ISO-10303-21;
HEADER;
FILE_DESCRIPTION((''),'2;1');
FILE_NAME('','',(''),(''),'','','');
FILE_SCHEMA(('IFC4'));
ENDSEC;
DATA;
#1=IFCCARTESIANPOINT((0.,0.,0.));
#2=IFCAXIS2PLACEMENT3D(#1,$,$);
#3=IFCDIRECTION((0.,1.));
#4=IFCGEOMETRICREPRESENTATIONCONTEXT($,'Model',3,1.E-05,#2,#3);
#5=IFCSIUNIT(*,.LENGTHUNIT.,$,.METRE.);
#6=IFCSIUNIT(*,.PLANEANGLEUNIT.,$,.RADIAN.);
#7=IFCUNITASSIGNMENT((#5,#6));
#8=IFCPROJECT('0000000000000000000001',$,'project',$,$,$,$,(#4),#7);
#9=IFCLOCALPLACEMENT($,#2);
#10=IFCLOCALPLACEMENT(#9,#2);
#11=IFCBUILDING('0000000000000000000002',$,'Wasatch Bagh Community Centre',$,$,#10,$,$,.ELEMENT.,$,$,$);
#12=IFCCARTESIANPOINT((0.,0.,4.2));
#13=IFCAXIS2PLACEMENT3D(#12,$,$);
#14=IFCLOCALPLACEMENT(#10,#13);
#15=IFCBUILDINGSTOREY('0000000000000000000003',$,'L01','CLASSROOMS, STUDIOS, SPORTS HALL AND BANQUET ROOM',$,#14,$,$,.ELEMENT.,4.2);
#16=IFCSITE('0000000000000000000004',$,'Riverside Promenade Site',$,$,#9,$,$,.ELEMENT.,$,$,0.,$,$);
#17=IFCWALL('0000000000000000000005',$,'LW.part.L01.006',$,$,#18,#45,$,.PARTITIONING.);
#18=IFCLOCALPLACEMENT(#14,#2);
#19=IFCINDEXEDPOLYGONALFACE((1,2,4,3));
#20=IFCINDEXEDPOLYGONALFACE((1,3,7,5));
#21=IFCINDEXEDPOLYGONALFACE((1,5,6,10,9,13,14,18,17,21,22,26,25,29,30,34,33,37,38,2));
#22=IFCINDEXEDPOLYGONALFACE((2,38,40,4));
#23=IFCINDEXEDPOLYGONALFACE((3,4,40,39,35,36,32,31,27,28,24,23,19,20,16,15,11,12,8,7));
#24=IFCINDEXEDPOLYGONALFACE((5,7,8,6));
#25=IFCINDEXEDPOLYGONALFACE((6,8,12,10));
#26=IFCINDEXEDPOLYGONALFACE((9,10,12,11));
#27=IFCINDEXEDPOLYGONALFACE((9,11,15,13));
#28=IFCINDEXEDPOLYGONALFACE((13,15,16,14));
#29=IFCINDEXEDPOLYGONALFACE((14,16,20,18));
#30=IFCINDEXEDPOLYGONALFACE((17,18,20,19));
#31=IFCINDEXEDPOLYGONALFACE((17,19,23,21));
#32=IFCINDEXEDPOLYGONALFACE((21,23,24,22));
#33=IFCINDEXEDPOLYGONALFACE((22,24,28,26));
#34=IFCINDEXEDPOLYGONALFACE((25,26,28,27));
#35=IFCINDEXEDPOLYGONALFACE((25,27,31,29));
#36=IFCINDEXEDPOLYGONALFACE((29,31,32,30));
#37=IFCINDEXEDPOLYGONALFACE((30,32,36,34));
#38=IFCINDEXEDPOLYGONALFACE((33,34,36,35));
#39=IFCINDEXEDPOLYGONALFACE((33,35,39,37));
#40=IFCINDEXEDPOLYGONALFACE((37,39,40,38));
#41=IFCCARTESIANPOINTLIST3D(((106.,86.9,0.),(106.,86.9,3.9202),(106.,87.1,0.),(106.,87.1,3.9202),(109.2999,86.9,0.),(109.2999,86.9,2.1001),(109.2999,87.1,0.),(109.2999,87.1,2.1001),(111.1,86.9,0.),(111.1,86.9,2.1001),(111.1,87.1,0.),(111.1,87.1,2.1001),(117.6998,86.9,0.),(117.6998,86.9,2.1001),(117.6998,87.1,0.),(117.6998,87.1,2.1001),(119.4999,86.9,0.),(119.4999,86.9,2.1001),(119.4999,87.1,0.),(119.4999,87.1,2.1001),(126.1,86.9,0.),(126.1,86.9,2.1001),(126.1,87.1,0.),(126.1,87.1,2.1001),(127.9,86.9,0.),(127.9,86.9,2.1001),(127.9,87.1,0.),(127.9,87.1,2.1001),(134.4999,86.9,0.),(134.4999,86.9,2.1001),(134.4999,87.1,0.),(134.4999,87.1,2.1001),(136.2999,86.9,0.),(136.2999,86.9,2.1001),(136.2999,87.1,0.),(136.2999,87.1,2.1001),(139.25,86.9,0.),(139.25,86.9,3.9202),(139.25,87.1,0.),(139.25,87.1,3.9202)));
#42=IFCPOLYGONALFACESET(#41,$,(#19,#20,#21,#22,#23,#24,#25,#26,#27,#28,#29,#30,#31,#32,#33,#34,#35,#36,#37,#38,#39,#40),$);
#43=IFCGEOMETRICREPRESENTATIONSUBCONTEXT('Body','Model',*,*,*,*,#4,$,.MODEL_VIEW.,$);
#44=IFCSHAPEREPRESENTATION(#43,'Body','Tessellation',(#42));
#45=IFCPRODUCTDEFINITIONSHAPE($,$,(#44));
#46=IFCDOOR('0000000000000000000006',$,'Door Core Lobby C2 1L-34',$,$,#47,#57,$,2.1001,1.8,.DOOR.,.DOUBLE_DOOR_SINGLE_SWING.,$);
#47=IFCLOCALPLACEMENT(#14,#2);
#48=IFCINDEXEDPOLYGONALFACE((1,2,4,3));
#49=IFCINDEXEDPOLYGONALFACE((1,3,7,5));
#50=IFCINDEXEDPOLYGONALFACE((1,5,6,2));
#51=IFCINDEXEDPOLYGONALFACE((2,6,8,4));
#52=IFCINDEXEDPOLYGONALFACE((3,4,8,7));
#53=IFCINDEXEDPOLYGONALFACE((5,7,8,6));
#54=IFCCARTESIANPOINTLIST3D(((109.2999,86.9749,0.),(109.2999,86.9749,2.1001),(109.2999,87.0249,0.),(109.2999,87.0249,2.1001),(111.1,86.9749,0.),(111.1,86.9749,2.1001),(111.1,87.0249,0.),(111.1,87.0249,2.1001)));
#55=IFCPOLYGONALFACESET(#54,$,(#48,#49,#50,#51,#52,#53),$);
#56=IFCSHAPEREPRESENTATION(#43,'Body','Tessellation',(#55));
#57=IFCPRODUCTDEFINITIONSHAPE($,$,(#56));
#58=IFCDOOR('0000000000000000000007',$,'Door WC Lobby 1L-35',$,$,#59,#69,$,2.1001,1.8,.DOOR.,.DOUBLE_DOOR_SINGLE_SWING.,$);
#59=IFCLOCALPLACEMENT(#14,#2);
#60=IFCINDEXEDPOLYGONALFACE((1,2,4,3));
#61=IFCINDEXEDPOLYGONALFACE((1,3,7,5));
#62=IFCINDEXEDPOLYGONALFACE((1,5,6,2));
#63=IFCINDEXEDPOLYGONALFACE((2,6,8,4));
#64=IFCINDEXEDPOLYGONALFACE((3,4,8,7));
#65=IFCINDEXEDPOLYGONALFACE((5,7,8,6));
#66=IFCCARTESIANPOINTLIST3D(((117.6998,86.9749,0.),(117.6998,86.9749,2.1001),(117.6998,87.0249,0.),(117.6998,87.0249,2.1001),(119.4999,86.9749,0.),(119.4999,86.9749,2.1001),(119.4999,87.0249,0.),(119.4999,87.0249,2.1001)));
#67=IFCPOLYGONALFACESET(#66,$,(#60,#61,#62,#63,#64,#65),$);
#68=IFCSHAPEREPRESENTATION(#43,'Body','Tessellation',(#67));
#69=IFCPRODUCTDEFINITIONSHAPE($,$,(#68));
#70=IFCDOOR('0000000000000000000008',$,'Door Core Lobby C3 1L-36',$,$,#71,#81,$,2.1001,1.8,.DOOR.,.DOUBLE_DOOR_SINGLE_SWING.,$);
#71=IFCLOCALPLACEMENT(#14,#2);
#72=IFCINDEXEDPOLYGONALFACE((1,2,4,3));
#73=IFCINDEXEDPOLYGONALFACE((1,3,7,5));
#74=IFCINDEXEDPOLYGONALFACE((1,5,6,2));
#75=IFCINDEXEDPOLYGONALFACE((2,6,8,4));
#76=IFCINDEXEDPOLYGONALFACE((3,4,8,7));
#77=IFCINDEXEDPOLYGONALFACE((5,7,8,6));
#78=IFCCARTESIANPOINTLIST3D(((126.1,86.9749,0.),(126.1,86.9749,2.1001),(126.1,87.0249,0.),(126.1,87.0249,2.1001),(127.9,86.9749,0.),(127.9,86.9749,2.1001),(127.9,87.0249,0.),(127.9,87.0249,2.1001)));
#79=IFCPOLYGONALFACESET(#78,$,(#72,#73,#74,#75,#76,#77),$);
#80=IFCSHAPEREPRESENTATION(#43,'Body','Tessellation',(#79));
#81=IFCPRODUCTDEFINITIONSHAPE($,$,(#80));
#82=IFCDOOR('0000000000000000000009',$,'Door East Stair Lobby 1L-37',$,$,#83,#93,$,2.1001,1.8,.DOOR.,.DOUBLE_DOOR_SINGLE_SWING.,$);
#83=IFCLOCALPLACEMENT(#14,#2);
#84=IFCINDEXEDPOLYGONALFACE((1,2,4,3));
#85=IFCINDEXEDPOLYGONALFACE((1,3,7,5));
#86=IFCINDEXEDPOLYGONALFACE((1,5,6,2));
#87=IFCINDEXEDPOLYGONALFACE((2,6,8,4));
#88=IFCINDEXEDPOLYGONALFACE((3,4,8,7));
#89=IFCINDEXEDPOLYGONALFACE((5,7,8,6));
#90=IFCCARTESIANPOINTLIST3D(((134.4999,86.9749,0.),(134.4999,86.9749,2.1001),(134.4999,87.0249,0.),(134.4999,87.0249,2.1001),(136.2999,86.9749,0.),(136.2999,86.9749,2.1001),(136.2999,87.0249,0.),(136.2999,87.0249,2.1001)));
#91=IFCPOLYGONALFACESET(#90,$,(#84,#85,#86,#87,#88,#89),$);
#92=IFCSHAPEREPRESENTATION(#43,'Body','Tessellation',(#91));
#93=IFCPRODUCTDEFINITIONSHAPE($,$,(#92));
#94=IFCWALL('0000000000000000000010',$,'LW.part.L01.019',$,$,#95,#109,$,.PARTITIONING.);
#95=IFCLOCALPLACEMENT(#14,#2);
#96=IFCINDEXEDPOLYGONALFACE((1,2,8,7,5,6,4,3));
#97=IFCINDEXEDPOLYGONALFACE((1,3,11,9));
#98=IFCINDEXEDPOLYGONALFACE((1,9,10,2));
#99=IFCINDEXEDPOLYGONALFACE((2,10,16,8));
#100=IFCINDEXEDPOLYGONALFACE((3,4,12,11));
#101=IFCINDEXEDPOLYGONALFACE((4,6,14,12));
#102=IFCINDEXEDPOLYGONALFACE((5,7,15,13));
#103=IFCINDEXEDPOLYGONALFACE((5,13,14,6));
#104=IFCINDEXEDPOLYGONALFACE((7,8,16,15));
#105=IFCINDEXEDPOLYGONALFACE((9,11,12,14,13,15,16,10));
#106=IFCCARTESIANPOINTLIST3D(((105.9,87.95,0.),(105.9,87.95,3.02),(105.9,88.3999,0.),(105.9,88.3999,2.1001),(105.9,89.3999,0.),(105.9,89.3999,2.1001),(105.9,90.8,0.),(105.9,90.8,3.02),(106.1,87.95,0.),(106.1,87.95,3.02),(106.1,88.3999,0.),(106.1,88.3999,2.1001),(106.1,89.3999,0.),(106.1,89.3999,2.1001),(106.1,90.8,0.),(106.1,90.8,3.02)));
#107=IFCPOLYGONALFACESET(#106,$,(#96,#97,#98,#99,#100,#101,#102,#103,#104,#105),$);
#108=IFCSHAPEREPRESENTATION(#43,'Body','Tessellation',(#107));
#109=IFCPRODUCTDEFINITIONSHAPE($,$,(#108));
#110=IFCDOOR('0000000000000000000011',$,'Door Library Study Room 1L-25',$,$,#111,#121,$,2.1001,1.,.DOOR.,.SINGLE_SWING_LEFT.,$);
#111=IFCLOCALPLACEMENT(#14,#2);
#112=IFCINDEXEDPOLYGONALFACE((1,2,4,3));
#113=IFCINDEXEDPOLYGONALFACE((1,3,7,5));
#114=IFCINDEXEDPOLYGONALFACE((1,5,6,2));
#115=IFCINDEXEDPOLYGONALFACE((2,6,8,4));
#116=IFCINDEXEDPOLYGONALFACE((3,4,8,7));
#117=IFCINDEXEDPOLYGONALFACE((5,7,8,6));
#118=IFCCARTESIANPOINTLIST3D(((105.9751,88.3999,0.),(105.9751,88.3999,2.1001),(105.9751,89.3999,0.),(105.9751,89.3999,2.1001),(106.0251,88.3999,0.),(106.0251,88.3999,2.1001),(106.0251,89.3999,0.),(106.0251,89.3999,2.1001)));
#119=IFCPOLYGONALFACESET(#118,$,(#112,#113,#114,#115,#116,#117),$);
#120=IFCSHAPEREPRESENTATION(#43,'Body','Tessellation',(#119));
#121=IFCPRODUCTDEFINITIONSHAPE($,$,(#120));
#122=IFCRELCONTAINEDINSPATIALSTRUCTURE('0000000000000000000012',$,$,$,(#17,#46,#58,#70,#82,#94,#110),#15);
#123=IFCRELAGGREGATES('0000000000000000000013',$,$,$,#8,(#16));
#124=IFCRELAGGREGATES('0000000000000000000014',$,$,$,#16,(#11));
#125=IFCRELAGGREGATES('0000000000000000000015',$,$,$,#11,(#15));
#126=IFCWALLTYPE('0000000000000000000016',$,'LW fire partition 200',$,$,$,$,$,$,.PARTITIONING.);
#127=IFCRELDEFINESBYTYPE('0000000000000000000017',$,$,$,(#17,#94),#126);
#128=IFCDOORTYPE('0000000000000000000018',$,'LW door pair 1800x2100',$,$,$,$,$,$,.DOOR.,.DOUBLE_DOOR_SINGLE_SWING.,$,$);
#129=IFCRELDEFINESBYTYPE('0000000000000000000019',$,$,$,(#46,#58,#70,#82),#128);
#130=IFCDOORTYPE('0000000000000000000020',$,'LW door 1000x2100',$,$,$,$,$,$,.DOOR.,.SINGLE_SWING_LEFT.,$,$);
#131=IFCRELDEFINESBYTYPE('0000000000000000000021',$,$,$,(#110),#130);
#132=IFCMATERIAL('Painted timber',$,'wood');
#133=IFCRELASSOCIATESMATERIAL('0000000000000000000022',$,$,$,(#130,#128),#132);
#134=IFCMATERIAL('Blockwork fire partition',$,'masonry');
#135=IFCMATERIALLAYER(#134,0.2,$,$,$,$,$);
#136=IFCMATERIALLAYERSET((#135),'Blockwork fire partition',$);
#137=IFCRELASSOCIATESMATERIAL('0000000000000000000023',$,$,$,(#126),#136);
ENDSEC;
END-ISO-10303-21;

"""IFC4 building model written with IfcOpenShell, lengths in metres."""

from ifc_helpers import new_model, si_unit, direction, frame, frame_2d, origin, place, context, subcontext, project, spatial, rectangle, extrude, material, layer, layer_set, type_object, element, fill, save


model = new_model("IFC4")

# Units and contexts
model_context = context("Model", 3, precision=1e-05, world=origin(), true_north=direction((0.0, 1.0)))
body_context = subcontext(model_context, "Body", "Model", "MODEL_VIEW")
ifc_project = project(units=[si_unit("LENGTHUNIT", "METRE"), si_unit("PLANEANGLEUNIT", "RADIAN")], contexts=[model_context])

# Site, building, storey
site_placement = place(None, origin())
site = spatial("IfcSite", under=ifc_project, at=site_placement, Name="Riverside Promenade Site", CompositionType="ELEMENT", RefElevation=0.0)
building_placement = place(site_placement, origin())
building = spatial("IfcBuilding", under=site, at=building_placement, Name="Wasatch Bagh Community Centre", CompositionType="ELEMENT")
storey_placement = place(building_placement, frame((0.0, 0.0, 4.2)))
storey = spatial("IfcBuildingStorey", under=building, at=storey_placement, Name="L01", Description="CLASSROOMS, STUDIOS, SPORTS HALL AND BANQUET ROOM", CompositionType="ELEMENT", Elevation=4.2)

# Shared definitions
ifc_material_1 = material(Name="Painted timber", Category="wood")
door_type_1 = type_object("IfcDoorType", Name="LW door 1000x2100", OperationType="SINGLE_SWING_LEFT", PredefinedType="DOOR", material=ifc_material_1)

# Wall, openings, doors
ifc_material_2 = material(Name="Blockwork fire partition", Category="masonry")
ifc_layer_1 = layer(ifc_material_2, 0.2)
ifc_layer_set_1 = layer_set([ifc_layer_1], Name="Blockwork fire partition")
wall_type_1 = type_object("IfcWallType", Name="LW fire partition 200", PredefinedType="PARTITIONING", material=ifc_layer_set_1)
wall_1_placement = place(storey_placement, frame((106.0, 87.0, 0.0), z_axis=(0.0, 0.0, 1.0), x_axis=(1.0, 0.0, 0.0)))
wall_1 = element("IfcWall", 1, at=wall_1_placement, inside=storey, type_object=wall_type_1, Name="LW.part.L01.006", PredefinedType="PARTITIONING", context=body_context, shape_type="SweptSolid", body=[
    extrude(rectangle(XDim=33.25, YDim=0.2, at=frame_2d((16.625, 0.0))), origin(), (0.0, 0.0, 1.0), 3.9202),
])
opening_1_placement = place(wall_1_placement, frame((3.3, 0.0, 0.0)))
opening_1 = element("IfcOpeningElement", 2, at=opening_1_placement, cuts=wall_1, PredefinedType="OPENING", context=body_context, shape_type="SweptSolid", body=[
    extrude(rectangle(XDim=1.8, YDim=2.1001, at=frame_2d((0.8999, 1.05))), frame((0.0, 0.1099, 0.0), z_axis=(0.0, -1.0, 0.0), x_axis=(1.0, 0.0, 0.0)), (0.0, 0.0, 1.0), 0.22),
])
opening_2_placement = place(wall_1_placement, frame((11.7, 0.0, 0.0)))
opening_2 = element("IfcOpeningElement", 3, at=opening_2_placement, cuts=wall_1, PredefinedType="OPENING", context=body_context, shape_type="SweptSolid", body=[
    extrude(rectangle(XDim=1.8, YDim=2.1001, at=frame_2d((0.8999, 1.05))), frame((0.0, 0.1099, 0.0), z_axis=(0.0, -1.0, 0.0), x_axis=(1.0, 0.0, 0.0)), (0.0, 0.0, 1.0), 0.22),
])
opening_3_placement = place(wall_1_placement, frame((20.1001, 0.0, 0.0)))
opening_3 = element("IfcOpeningElement", 4, at=opening_3_placement, cuts=wall_1, PredefinedType="OPENING", context=body_context, shape_type="SweptSolid", body=[
    extrude(rectangle(XDim=1.8, YDim=2.1001, at=frame_2d((0.8999, 1.05))), frame((0.0, 0.1099, 0.0), z_axis=(0.0, -1.0, 0.0), x_axis=(1.0, 0.0, 0.0)), (0.0, 0.0, 1.0), 0.22),
])
opening_4_placement = place(wall_1_placement, frame((28.5, 0.0, 0.0)))
opening_4 = element("IfcOpeningElement", 5, at=opening_4_placement, cuts=wall_1, PredefinedType="OPENING", context=body_context, shape_type="SweptSolid", body=[
    extrude(rectangle(XDim=1.8, YDim=2.1001, at=frame_2d((0.8999, 1.05))), frame((0.0, 0.1099, 0.0), z_axis=(0.0, -1.0, 0.0), x_axis=(1.0, 0.0, 0.0)), (0.0, 0.0, 1.0), 0.22),
])
door_type_2 = type_object("IfcDoorType", Name="LW door pair 1800x2100", OperationType="DOUBLE_DOOR_SINGLE_SWING", PredefinedType="DOOR", material=ifc_material_1)
door_1_placement = place(opening_1_placement, origin())
door_1 = element("IfcDoor", 6, at=door_1_placement, inside=storey, type_object=door_type_2, Name="Door Core Lobby C2 1L-34", OperationType="DOUBLE_DOOR_SINGLE_SWING", OverallHeight=2.1001, OverallWidth=1.8, PredefinedType="DOOR", context=body_context, shape_type="SweptSolid", body=[
    extrude(rectangle(XDim=1.8, YDim=2.1001, at=frame_2d((0.8999, 1.05))), frame((0.0, 0.0249, 0.0), z_axis=(0.0, -1.0, 0.0), x_axis=(1.0, 0.0, 0.0)), (0.0, 0.0, 1.0), 0.05),
])
fill(opening_1, door_1)
door_2_placement = place(opening_2_placement, origin())
door_2 = element("IfcDoor", 7, at=door_2_placement, inside=storey, type_object=door_type_2, Name="Door WC Lobby 1L-35", OperationType="DOUBLE_DOOR_SINGLE_SWING", OverallHeight=2.1001, OverallWidth=1.8, PredefinedType="DOOR", context=body_context, shape_type="SweptSolid", body=[
    extrude(rectangle(XDim=1.8, YDim=2.1001, at=frame_2d((0.8999, 1.05))), frame((0.0, 0.0249, 0.0), z_axis=(0.0, -1.0, 0.0), x_axis=(1.0, 0.0, 0.0)), (0.0, 0.0, 1.0), 0.05),
])
fill(opening_2, door_2)
door_3_placement = place(opening_3_placement, origin())
door_3 = element("IfcDoor", 8, at=door_3_placement, inside=storey, type_object=door_type_2, Name="Door Core Lobby C3 1L-36", OperationType="DOUBLE_DOOR_SINGLE_SWING", OverallHeight=2.1001, OverallWidth=1.8, PredefinedType="DOOR", context=body_context, shape_type="SweptSolid", body=[
    extrude(rectangle(XDim=1.8, YDim=2.1001, at=frame_2d((0.8999, 1.05))), frame((0.0, 0.0249, 0.0), z_axis=(0.0, -1.0, 0.0), x_axis=(1.0, 0.0, 0.0)), (0.0, 0.0, 1.0), 0.05),
])
fill(opening_3, door_3)
door_4_placement = place(opening_4_placement, origin())
door_4 = element("IfcDoor", 9, at=door_4_placement, inside=storey, type_object=door_type_2, Name="Door East Stair Lobby 1L-37", OperationType="DOUBLE_DOOR_SINGLE_SWING", OverallHeight=2.1001, OverallWidth=1.8, PredefinedType="DOOR", context=body_context, shape_type="SweptSolid", body=[
    extrude(rectangle(XDim=1.8, YDim=2.1001, at=frame_2d((0.8999, 1.05))), frame((0.0, 0.0249, 0.0), z_axis=(0.0, -1.0, 0.0), x_axis=(1.0, 0.0, 0.0)), (0.0, 0.0, 1.0), 0.05),
])
fill(opening_4, door_4)

# Wall, opening, door
wall_2_placement = place(storey_placement, frame((106.0, 87.95, 0.0), z_axis=(0.0, 0.0, 1.0), x_axis=(0.0, 1.0, 0.0)))
wall_2 = element("IfcWall", 10, at=wall_2_placement, inside=storey, type_object=wall_type_1, Name="LW.part.L01.019", PredefinedType="PARTITIONING", context=body_context, shape_type="SweptSolid", body=[
    extrude(rectangle(XDim=2.8501, YDim=0.2, at=frame_2d((1.425, 0.0))), origin(), (0.0, 0.0, 1.0), 3.02),
])
opening_5_placement = place(wall_2_placement, frame((0.45, 0.0, 0.0)))
opening_5 = element("IfcOpeningElement", 11, at=opening_5_placement, cuts=wall_2, PredefinedType="OPENING", context=body_context, shape_type="SweptSolid", body=[
    extrude(rectangle(XDim=1.0, YDim=2.1001, at=frame_2d((0.5, 1.05))), frame((0.0, 0.1099, 0.0), z_axis=(0.0, -1.0, 0.0), x_axis=(1.0, 0.0, 0.0)), (0.0, 0.0, 1.0), 0.22),
])
door_5_placement = place(opening_5_placement, origin())
door_5 = element("IfcDoor", 12, at=door_5_placement, inside=storey, type_object=door_type_1, Name="Door Library Study Room 1L-25", OperationType="SINGLE_SWING_LEFT", OverallHeight=2.1001, OverallWidth=1.0, PredefinedType="DOOR", context=body_context, shape_type="SweptSolid", body=[
    extrude(rectangle(XDim=1.0, YDim=2.1001, at=frame_2d((0.5, 1.05))), frame((0.0, 0.0249, 0.0), z_axis=(0.0, -1.0, 0.0), x_axis=(1.0, 0.0, 0.0)), (0.0, 0.0, 1.0), 0.05),
])
fill(opening_5, door_5)

save(model, "model.ifc")
